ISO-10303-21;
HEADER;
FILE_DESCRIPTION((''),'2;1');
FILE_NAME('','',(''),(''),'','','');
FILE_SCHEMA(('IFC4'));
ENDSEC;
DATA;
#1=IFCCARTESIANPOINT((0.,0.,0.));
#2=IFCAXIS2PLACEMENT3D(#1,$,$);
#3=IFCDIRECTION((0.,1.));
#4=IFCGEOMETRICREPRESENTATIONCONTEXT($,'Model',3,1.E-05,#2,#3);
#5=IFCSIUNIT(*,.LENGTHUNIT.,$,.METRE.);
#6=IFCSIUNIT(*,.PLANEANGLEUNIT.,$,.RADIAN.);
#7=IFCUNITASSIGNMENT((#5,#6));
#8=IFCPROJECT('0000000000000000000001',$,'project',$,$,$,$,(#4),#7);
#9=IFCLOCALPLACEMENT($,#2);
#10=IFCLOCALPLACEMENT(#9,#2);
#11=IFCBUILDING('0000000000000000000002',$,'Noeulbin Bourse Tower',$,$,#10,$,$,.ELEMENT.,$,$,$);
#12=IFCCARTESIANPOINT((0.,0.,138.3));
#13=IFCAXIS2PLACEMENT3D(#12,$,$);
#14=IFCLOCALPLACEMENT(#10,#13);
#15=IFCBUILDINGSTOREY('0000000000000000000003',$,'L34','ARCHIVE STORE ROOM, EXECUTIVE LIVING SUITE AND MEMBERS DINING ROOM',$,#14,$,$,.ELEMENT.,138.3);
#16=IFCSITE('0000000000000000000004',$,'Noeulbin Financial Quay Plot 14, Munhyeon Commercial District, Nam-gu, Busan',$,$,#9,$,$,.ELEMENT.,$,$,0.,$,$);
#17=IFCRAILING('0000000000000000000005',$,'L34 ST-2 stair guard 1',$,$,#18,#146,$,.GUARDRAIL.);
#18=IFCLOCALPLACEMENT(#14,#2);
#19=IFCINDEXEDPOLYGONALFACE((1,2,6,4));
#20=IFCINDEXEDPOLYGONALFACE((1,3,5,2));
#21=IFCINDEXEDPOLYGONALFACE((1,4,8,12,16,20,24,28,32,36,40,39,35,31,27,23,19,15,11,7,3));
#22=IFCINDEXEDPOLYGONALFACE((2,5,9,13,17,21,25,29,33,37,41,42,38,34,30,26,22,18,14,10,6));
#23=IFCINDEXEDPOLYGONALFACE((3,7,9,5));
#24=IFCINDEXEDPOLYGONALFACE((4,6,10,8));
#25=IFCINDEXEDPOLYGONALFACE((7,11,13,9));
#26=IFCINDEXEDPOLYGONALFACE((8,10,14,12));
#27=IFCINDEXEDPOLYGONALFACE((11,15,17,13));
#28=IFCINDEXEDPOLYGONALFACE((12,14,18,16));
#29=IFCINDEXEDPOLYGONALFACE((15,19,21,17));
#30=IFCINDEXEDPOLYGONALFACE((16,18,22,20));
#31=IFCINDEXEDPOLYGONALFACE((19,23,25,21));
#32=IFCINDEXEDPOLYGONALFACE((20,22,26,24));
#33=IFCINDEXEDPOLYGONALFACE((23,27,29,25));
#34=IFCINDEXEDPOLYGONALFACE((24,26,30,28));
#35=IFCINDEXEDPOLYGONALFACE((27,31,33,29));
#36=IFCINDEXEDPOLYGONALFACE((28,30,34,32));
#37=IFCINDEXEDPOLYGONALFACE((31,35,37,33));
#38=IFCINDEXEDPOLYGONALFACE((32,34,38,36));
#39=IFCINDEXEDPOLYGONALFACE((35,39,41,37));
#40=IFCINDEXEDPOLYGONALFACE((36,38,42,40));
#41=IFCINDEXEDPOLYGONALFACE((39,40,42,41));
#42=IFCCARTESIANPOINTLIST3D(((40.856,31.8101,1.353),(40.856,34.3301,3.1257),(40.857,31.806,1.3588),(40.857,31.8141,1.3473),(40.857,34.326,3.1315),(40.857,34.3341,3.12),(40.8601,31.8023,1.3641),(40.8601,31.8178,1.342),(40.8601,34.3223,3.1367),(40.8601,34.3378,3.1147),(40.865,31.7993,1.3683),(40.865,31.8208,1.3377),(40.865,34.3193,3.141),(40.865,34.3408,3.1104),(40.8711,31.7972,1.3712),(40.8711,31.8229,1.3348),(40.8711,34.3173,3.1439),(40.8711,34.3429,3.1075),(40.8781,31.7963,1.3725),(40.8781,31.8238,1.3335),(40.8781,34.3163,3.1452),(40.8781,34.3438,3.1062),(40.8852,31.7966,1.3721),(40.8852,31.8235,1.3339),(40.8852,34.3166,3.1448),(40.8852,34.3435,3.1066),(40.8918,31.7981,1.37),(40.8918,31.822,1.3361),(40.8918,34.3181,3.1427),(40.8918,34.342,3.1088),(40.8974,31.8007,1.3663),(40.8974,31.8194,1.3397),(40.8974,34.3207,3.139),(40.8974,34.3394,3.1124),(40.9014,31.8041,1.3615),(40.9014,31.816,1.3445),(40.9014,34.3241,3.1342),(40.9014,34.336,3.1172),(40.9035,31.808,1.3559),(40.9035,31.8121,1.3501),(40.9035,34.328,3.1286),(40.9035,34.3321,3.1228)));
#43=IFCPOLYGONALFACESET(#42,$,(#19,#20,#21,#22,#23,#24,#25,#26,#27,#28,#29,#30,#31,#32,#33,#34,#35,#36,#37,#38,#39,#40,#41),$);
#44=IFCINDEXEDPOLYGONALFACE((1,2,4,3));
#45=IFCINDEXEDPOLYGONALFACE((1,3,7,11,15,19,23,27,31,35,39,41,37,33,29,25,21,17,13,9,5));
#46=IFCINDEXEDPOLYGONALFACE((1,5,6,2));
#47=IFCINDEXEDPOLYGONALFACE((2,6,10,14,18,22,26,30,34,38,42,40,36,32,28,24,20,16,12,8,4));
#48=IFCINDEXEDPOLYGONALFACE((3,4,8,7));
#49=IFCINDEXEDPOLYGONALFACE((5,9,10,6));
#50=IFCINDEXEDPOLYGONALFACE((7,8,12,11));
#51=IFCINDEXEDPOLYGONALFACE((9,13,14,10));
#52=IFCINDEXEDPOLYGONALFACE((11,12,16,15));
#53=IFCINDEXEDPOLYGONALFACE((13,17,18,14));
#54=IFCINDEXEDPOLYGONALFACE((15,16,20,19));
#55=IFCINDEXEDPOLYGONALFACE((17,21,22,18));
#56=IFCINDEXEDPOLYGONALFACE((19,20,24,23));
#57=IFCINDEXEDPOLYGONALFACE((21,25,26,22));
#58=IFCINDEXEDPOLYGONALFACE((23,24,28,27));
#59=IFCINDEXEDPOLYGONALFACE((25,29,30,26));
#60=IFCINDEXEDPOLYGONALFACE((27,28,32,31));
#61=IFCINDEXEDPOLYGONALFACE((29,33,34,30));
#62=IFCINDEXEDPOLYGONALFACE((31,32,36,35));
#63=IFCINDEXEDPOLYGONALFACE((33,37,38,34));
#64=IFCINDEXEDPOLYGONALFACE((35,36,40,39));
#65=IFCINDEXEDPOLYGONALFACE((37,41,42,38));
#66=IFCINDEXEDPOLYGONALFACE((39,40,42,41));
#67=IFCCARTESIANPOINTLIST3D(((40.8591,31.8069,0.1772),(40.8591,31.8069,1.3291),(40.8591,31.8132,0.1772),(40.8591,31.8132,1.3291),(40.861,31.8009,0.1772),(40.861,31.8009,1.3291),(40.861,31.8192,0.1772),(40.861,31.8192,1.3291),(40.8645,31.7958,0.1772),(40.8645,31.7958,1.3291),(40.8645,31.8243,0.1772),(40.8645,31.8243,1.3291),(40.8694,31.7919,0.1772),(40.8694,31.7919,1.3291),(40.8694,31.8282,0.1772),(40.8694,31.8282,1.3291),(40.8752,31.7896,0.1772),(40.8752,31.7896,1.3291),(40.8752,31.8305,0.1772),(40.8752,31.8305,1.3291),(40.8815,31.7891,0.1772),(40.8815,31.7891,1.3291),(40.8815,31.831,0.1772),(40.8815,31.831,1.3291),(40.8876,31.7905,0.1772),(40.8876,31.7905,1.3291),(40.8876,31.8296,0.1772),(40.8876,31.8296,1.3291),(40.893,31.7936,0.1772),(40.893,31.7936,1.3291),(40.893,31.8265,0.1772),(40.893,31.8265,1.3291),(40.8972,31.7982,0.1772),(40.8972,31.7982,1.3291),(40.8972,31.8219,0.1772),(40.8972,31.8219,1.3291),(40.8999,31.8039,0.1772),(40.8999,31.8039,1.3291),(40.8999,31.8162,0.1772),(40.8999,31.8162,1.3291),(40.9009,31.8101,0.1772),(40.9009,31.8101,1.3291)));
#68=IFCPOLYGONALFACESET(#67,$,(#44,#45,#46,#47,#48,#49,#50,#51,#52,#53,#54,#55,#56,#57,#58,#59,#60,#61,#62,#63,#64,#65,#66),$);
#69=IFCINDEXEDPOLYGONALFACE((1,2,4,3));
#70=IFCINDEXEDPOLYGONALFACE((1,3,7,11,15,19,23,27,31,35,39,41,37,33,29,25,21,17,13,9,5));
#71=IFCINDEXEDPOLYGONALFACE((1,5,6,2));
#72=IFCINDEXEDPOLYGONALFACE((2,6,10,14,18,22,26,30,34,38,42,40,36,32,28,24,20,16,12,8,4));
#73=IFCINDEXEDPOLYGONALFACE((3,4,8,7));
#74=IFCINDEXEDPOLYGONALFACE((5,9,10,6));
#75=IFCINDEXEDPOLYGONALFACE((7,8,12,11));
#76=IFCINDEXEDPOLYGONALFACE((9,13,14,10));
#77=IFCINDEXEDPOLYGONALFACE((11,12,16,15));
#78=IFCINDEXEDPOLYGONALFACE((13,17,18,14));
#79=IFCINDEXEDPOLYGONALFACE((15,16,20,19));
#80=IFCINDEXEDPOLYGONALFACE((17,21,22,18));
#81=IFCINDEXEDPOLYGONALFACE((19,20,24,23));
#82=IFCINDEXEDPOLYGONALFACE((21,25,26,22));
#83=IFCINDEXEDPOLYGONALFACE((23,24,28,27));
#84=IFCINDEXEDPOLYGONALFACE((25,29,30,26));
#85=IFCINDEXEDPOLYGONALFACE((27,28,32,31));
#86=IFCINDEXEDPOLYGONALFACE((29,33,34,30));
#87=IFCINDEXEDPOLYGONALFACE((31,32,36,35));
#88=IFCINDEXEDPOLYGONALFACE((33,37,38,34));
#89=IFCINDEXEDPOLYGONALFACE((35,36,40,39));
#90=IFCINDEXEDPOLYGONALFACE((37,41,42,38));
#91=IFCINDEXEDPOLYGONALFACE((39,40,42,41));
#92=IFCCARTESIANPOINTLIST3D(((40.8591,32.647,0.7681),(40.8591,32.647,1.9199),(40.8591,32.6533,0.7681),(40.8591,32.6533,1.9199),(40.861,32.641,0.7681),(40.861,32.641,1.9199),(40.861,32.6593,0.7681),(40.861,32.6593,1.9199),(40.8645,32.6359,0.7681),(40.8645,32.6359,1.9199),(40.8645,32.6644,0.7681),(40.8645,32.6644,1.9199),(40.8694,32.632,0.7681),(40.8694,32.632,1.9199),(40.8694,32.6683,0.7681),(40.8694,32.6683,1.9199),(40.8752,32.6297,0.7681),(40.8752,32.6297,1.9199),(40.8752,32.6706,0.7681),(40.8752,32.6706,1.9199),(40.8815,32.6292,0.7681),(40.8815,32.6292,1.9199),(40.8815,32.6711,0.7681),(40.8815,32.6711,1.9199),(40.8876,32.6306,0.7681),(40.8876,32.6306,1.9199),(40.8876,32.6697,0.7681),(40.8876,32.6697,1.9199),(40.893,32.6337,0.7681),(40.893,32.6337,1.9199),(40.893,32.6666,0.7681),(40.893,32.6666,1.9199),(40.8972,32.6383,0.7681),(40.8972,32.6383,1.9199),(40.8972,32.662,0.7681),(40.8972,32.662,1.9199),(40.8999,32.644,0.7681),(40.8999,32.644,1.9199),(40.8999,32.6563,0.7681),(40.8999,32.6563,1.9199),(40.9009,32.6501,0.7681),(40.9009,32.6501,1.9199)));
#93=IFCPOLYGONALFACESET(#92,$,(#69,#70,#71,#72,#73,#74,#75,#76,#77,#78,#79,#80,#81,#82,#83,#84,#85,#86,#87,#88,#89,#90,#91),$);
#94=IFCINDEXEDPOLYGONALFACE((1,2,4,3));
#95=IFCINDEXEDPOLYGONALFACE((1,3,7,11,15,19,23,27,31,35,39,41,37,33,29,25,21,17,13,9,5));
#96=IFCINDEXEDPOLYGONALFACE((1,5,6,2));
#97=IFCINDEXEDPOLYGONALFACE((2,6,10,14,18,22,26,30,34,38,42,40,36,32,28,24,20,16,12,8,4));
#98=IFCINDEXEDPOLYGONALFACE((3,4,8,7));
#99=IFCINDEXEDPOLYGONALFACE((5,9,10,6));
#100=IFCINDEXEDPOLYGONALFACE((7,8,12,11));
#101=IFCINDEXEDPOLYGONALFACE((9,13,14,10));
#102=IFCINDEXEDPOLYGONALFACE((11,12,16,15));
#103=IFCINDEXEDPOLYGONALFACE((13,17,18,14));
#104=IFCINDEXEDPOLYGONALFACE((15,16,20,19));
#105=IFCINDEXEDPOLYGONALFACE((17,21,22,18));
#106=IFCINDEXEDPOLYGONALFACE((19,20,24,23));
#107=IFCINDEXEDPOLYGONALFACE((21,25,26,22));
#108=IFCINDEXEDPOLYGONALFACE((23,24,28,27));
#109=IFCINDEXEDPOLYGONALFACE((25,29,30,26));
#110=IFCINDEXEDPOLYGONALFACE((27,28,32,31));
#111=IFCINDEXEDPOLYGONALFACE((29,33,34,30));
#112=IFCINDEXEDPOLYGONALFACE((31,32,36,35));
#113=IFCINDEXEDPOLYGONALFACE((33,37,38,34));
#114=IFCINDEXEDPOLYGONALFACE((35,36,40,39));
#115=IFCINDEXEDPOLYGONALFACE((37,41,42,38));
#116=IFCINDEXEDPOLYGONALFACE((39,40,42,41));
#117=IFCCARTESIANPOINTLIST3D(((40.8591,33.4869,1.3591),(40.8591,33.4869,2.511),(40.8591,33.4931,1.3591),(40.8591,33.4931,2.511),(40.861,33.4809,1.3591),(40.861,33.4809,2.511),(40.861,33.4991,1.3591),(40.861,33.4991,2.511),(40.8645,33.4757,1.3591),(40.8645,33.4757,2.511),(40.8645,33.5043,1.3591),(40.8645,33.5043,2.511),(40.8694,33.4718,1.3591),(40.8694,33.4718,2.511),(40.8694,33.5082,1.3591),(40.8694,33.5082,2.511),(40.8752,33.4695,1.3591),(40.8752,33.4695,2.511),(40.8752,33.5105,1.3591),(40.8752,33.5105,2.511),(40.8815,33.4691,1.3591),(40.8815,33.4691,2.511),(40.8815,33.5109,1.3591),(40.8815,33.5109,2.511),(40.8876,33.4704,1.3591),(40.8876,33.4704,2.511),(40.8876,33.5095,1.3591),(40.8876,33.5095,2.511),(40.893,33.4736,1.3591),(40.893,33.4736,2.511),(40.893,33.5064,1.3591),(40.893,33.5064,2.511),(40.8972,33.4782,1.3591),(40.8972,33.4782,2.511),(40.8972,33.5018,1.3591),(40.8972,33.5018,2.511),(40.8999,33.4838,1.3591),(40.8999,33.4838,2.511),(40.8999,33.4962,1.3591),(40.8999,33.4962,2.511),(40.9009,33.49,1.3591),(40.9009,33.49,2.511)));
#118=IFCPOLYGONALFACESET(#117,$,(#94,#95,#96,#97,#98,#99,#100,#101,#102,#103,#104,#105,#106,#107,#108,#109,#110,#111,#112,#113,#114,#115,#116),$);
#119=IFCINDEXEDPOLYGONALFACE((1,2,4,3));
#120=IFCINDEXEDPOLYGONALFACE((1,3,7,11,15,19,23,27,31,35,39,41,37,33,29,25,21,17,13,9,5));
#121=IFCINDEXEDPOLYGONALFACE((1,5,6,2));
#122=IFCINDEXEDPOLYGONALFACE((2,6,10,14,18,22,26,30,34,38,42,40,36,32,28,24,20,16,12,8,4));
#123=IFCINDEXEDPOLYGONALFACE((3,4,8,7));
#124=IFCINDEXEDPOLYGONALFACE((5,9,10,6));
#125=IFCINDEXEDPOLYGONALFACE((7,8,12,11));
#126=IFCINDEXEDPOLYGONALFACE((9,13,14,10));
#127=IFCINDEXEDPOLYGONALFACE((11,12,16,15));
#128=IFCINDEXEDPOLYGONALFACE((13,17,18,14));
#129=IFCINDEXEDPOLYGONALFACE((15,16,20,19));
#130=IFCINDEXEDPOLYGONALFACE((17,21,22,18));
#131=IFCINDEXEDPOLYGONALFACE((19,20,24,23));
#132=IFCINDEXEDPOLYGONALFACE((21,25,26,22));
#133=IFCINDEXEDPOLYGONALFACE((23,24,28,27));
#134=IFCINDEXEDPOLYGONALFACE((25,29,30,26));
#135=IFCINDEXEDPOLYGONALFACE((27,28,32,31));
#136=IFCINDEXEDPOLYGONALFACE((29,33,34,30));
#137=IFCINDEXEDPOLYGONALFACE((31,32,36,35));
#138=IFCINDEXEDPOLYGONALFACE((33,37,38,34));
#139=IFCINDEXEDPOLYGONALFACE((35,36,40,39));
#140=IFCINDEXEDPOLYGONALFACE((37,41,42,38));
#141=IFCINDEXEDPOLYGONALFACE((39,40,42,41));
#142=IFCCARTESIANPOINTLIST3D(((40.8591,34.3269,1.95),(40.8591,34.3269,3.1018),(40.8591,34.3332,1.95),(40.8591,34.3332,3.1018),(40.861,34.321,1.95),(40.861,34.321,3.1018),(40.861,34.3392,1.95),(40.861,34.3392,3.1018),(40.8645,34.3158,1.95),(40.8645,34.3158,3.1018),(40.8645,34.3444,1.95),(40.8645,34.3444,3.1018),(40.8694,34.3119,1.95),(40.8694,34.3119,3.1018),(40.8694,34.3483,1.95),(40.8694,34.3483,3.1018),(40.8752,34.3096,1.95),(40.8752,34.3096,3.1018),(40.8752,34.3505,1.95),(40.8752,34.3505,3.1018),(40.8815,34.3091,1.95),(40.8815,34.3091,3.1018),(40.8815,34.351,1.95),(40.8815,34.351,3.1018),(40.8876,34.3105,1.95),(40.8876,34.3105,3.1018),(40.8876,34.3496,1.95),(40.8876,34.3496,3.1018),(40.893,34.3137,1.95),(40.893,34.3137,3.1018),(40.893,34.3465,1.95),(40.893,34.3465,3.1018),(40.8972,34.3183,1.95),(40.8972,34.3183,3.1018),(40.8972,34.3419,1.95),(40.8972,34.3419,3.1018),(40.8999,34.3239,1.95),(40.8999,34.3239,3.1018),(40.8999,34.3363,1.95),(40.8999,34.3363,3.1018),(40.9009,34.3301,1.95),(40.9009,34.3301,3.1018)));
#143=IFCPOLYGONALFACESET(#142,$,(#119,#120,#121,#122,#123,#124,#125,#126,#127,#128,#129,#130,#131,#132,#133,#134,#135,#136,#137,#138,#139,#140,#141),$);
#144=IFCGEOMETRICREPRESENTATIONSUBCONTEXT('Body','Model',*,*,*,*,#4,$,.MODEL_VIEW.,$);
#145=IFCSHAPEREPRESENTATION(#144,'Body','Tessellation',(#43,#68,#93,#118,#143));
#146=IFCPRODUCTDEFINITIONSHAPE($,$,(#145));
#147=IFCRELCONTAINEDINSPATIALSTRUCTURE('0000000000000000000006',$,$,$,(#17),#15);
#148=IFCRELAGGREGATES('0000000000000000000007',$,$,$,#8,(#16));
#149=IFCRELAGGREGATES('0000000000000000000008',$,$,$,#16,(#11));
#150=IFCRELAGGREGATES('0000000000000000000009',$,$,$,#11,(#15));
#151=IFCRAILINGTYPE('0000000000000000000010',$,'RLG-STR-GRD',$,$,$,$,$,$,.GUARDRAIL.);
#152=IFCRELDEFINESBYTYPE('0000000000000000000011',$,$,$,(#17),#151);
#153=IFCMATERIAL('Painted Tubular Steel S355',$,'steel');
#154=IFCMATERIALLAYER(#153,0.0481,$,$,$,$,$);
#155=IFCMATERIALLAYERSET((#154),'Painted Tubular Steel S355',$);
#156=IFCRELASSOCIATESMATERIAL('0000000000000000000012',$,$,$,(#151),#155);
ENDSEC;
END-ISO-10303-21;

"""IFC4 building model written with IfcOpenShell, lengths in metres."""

from ifc_helpers import new_model, si_unit, direction, frame, origin, origin_2d, place, context, subcontext, project, spatial, circle, extrude, material, layer, layer_set, type_object, element, save


model = new_model("IFC4")

# Units and contexts
model_context = context("Model", 3, precision=1e-05, world=origin(), true_north=direction((0.0, 1.0)))
body_context = subcontext(model_context, "Body", "Model", "MODEL_VIEW")
ifc_project = project(units=[si_unit("LENGTHUNIT", "METRE"), si_unit("PLANEANGLEUNIT", "RADIAN")], contexts=[model_context])

# Site, building, storey
site_placement = place(None, origin())
site = spatial("IfcSite", under=ifc_project, at=site_placement, Name="Noeulbin Financial Quay Plot 14, Munhyeon Commercial District, Nam-gu, Busan", CompositionType="ELEMENT", RefElevation=0.0)
building_placement = place(site_placement, origin())
building = spatial("IfcBuilding", under=site, at=building_placement, Name="Noeulbin Bourse Tower", CompositionType="ELEMENT")
storey_placement = place(building_placement, frame((0.0, 0.0, 138.3)))
storey = spatial("IfcBuildingStorey", under=building, at=storey_placement, Name="L34", Description="ARCHIVE STORE ROOM, EXECUTIVE LIVING SUITE AND MEMBERS DINING ROOM", CompositionType="ELEMENT", Elevation=138.3)

# Railing
ifc_material_1 = material(Name="Painted Tubular Steel S355", Category="steel")
ifc_layer_1 = layer(ifc_material_1, 0.0481)
ifc_layer_set_1 = layer_set([ifc_layer_1], Name="Painted Tubular Steel S355")
railing_type_1 = type_object("IfcRailingType", Name="RLG-STR-GRD", PredefinedType="GUARDRAIL", material=ifc_layer_set_1)
railing_1_placement = place(storey_placement, frame((40.8799, 31.8101, 0.1772)))
element("IfcRailing", 1, at=railing_1_placement, inside=storey, type_object=railing_type_1, Name="L34 ST-2 stair guard 1", PredefinedType="GUARDRAIL", context=body_context, shape_type="SweptSolid", body=[
    extrude(circle(Radius=0.0239, at=origin_2d()), frame((0.0, 0.0, 1.1758), z_axis=(0.0, 0.817904, 0.575354), x_axis=(-1.0, 0.0, 0.0)), (0.0, 0.0, 1.0), 3.0811),
    extrude(circle(Radius=0.021, at=origin_2d()), origin(), (0.0, 0.0, 1.0), 1.1519),
    extrude(circle(Radius=0.021, at=origin_2d()), frame((0.0, 0.8401, 0.5908)), (0.0, 0.0, 1.0), 1.1519),
    extrude(circle(Radius=0.021, at=origin_2d()), frame((0.0, 1.6799, 1.1819)), (0.0, 0.0, 1.0), 1.1519),
    extrude(circle(Radius=0.021, at=origin_2d()), frame((0.0, 2.52, 1.7727)), (0.0, 0.0, 1.0), 1.1519),
])

save(model, "model.ifc")
